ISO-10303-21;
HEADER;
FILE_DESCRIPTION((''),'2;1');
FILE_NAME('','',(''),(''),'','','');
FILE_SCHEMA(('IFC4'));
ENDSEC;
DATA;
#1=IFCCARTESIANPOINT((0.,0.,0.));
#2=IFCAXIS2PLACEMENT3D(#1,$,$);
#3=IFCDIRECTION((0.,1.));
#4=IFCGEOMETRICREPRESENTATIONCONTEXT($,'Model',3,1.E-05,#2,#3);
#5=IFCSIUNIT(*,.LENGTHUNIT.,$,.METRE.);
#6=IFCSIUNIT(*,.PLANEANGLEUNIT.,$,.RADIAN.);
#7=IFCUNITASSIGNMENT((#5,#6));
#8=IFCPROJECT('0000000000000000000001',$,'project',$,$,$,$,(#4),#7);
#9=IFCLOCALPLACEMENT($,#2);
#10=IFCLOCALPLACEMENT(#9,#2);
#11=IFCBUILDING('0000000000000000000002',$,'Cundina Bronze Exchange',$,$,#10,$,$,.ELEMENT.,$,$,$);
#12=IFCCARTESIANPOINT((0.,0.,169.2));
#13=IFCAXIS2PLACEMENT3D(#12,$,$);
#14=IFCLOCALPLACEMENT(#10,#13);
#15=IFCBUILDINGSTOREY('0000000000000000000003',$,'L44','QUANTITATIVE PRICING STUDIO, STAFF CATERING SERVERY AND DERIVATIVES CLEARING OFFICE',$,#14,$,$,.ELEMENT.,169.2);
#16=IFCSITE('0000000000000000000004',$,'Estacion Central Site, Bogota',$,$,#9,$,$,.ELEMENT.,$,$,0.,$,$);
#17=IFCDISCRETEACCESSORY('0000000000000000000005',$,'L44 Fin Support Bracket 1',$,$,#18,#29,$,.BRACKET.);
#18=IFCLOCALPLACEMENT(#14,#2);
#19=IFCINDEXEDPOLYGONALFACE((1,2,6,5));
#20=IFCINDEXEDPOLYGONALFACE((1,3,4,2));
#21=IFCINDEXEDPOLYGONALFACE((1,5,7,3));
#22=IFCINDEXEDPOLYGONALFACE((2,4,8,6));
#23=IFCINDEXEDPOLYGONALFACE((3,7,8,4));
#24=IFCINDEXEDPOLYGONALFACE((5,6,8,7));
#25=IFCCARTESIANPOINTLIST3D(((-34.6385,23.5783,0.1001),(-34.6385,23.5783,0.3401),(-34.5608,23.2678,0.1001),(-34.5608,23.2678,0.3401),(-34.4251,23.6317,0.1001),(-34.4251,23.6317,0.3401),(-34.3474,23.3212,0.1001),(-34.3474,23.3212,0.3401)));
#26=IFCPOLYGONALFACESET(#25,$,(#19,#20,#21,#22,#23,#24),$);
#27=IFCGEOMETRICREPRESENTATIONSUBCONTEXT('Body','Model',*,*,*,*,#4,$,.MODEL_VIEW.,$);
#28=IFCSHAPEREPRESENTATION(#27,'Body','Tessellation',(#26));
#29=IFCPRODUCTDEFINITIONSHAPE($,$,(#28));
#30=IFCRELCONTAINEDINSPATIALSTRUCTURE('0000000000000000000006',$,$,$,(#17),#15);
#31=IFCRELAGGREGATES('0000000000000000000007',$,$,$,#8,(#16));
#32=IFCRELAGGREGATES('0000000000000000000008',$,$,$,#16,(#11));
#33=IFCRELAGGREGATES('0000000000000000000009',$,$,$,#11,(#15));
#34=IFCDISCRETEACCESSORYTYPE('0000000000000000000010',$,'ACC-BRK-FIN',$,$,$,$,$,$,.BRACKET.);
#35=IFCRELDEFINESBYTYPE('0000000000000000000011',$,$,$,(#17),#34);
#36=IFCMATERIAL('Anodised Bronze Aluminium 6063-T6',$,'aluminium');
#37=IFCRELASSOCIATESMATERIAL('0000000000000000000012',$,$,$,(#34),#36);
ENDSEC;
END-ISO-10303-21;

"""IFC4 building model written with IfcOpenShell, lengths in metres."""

from ifc_helpers import new_model, si_unit, direction, frame, origin, origin_2d, place, context, subcontext, project, spatial, rectangle, extrude, material, type_object, element, save


model = new_model("IFC4")

# Units and contexts
model_context = context("Model", 3, precision=1e-05, world=origin(), true_north=direction((0.0, 1.0)))
body_context = subcontext(model_context, "Body", "Model", "MODEL_VIEW")
ifc_project = project(units=[si_unit("LENGTHUNIT", "METRE"), si_unit("PLANEANGLEUNIT", "RADIAN")], contexts=[model_context])

# Site, building, storey
site_placement = place(None, origin())
site = spatial("IfcSite", under=ifc_project, at=site_placement, Name="Estacion Central Site, Bogota", CompositionType="ELEMENT", RefElevation=0.0)
building_placement = place(site_placement, origin())
building = spatial("IfcBuilding", under=site, at=building_placement, Name="Cundina Bronze Exchange", CompositionType="ELEMENT")
storey_placement = place(building_placement, frame((0.0, 0.0, 169.2)))
storey = spatial("IfcBuildingStorey", under=building, at=storey_placement, Name="L44", Description="QUANTITATIVE PRICING STUDIO, STAFF CATERING SERVERY AND DERIVATIVES CLEARING OFFICE", CompositionType="ELEMENT", Elevation=169.2)

# Shared definitions
ifc_material_1 = material(Name="Anodised Bronze Aluminium 6063-T6", Category="aluminium")

# Discrete accessory
discrete_accessory_type = type_object("IfcDiscreteAccessoryType", Name="ACC-BRK-FIN", PredefinedType="BRACKET", material=ifc_material_1)
discrete_accessory_placement = place(storey_placement, frame((-34.4929, 23.4497, 0.1001), z_axis=(0.0, 0.0, 1.0), x_axis=(-0.970093, -0.242735, 0.0)))
element("IfcDiscreteAccessory", 1, at=discrete_accessory_placement, inside=storey, type_object=discrete_accessory_type, Name="L44 Fin Support Bracket 1", PredefinedType="BRACKET", context=body_context, shape_type="SweptSolid", body=[
    extrude(rectangle(XDim=0.22, YDim=0.3201, at=origin_2d()), origin(), (0.0, 0.0, 1.0), 0.24),
])

save(model, "model.ifc")
